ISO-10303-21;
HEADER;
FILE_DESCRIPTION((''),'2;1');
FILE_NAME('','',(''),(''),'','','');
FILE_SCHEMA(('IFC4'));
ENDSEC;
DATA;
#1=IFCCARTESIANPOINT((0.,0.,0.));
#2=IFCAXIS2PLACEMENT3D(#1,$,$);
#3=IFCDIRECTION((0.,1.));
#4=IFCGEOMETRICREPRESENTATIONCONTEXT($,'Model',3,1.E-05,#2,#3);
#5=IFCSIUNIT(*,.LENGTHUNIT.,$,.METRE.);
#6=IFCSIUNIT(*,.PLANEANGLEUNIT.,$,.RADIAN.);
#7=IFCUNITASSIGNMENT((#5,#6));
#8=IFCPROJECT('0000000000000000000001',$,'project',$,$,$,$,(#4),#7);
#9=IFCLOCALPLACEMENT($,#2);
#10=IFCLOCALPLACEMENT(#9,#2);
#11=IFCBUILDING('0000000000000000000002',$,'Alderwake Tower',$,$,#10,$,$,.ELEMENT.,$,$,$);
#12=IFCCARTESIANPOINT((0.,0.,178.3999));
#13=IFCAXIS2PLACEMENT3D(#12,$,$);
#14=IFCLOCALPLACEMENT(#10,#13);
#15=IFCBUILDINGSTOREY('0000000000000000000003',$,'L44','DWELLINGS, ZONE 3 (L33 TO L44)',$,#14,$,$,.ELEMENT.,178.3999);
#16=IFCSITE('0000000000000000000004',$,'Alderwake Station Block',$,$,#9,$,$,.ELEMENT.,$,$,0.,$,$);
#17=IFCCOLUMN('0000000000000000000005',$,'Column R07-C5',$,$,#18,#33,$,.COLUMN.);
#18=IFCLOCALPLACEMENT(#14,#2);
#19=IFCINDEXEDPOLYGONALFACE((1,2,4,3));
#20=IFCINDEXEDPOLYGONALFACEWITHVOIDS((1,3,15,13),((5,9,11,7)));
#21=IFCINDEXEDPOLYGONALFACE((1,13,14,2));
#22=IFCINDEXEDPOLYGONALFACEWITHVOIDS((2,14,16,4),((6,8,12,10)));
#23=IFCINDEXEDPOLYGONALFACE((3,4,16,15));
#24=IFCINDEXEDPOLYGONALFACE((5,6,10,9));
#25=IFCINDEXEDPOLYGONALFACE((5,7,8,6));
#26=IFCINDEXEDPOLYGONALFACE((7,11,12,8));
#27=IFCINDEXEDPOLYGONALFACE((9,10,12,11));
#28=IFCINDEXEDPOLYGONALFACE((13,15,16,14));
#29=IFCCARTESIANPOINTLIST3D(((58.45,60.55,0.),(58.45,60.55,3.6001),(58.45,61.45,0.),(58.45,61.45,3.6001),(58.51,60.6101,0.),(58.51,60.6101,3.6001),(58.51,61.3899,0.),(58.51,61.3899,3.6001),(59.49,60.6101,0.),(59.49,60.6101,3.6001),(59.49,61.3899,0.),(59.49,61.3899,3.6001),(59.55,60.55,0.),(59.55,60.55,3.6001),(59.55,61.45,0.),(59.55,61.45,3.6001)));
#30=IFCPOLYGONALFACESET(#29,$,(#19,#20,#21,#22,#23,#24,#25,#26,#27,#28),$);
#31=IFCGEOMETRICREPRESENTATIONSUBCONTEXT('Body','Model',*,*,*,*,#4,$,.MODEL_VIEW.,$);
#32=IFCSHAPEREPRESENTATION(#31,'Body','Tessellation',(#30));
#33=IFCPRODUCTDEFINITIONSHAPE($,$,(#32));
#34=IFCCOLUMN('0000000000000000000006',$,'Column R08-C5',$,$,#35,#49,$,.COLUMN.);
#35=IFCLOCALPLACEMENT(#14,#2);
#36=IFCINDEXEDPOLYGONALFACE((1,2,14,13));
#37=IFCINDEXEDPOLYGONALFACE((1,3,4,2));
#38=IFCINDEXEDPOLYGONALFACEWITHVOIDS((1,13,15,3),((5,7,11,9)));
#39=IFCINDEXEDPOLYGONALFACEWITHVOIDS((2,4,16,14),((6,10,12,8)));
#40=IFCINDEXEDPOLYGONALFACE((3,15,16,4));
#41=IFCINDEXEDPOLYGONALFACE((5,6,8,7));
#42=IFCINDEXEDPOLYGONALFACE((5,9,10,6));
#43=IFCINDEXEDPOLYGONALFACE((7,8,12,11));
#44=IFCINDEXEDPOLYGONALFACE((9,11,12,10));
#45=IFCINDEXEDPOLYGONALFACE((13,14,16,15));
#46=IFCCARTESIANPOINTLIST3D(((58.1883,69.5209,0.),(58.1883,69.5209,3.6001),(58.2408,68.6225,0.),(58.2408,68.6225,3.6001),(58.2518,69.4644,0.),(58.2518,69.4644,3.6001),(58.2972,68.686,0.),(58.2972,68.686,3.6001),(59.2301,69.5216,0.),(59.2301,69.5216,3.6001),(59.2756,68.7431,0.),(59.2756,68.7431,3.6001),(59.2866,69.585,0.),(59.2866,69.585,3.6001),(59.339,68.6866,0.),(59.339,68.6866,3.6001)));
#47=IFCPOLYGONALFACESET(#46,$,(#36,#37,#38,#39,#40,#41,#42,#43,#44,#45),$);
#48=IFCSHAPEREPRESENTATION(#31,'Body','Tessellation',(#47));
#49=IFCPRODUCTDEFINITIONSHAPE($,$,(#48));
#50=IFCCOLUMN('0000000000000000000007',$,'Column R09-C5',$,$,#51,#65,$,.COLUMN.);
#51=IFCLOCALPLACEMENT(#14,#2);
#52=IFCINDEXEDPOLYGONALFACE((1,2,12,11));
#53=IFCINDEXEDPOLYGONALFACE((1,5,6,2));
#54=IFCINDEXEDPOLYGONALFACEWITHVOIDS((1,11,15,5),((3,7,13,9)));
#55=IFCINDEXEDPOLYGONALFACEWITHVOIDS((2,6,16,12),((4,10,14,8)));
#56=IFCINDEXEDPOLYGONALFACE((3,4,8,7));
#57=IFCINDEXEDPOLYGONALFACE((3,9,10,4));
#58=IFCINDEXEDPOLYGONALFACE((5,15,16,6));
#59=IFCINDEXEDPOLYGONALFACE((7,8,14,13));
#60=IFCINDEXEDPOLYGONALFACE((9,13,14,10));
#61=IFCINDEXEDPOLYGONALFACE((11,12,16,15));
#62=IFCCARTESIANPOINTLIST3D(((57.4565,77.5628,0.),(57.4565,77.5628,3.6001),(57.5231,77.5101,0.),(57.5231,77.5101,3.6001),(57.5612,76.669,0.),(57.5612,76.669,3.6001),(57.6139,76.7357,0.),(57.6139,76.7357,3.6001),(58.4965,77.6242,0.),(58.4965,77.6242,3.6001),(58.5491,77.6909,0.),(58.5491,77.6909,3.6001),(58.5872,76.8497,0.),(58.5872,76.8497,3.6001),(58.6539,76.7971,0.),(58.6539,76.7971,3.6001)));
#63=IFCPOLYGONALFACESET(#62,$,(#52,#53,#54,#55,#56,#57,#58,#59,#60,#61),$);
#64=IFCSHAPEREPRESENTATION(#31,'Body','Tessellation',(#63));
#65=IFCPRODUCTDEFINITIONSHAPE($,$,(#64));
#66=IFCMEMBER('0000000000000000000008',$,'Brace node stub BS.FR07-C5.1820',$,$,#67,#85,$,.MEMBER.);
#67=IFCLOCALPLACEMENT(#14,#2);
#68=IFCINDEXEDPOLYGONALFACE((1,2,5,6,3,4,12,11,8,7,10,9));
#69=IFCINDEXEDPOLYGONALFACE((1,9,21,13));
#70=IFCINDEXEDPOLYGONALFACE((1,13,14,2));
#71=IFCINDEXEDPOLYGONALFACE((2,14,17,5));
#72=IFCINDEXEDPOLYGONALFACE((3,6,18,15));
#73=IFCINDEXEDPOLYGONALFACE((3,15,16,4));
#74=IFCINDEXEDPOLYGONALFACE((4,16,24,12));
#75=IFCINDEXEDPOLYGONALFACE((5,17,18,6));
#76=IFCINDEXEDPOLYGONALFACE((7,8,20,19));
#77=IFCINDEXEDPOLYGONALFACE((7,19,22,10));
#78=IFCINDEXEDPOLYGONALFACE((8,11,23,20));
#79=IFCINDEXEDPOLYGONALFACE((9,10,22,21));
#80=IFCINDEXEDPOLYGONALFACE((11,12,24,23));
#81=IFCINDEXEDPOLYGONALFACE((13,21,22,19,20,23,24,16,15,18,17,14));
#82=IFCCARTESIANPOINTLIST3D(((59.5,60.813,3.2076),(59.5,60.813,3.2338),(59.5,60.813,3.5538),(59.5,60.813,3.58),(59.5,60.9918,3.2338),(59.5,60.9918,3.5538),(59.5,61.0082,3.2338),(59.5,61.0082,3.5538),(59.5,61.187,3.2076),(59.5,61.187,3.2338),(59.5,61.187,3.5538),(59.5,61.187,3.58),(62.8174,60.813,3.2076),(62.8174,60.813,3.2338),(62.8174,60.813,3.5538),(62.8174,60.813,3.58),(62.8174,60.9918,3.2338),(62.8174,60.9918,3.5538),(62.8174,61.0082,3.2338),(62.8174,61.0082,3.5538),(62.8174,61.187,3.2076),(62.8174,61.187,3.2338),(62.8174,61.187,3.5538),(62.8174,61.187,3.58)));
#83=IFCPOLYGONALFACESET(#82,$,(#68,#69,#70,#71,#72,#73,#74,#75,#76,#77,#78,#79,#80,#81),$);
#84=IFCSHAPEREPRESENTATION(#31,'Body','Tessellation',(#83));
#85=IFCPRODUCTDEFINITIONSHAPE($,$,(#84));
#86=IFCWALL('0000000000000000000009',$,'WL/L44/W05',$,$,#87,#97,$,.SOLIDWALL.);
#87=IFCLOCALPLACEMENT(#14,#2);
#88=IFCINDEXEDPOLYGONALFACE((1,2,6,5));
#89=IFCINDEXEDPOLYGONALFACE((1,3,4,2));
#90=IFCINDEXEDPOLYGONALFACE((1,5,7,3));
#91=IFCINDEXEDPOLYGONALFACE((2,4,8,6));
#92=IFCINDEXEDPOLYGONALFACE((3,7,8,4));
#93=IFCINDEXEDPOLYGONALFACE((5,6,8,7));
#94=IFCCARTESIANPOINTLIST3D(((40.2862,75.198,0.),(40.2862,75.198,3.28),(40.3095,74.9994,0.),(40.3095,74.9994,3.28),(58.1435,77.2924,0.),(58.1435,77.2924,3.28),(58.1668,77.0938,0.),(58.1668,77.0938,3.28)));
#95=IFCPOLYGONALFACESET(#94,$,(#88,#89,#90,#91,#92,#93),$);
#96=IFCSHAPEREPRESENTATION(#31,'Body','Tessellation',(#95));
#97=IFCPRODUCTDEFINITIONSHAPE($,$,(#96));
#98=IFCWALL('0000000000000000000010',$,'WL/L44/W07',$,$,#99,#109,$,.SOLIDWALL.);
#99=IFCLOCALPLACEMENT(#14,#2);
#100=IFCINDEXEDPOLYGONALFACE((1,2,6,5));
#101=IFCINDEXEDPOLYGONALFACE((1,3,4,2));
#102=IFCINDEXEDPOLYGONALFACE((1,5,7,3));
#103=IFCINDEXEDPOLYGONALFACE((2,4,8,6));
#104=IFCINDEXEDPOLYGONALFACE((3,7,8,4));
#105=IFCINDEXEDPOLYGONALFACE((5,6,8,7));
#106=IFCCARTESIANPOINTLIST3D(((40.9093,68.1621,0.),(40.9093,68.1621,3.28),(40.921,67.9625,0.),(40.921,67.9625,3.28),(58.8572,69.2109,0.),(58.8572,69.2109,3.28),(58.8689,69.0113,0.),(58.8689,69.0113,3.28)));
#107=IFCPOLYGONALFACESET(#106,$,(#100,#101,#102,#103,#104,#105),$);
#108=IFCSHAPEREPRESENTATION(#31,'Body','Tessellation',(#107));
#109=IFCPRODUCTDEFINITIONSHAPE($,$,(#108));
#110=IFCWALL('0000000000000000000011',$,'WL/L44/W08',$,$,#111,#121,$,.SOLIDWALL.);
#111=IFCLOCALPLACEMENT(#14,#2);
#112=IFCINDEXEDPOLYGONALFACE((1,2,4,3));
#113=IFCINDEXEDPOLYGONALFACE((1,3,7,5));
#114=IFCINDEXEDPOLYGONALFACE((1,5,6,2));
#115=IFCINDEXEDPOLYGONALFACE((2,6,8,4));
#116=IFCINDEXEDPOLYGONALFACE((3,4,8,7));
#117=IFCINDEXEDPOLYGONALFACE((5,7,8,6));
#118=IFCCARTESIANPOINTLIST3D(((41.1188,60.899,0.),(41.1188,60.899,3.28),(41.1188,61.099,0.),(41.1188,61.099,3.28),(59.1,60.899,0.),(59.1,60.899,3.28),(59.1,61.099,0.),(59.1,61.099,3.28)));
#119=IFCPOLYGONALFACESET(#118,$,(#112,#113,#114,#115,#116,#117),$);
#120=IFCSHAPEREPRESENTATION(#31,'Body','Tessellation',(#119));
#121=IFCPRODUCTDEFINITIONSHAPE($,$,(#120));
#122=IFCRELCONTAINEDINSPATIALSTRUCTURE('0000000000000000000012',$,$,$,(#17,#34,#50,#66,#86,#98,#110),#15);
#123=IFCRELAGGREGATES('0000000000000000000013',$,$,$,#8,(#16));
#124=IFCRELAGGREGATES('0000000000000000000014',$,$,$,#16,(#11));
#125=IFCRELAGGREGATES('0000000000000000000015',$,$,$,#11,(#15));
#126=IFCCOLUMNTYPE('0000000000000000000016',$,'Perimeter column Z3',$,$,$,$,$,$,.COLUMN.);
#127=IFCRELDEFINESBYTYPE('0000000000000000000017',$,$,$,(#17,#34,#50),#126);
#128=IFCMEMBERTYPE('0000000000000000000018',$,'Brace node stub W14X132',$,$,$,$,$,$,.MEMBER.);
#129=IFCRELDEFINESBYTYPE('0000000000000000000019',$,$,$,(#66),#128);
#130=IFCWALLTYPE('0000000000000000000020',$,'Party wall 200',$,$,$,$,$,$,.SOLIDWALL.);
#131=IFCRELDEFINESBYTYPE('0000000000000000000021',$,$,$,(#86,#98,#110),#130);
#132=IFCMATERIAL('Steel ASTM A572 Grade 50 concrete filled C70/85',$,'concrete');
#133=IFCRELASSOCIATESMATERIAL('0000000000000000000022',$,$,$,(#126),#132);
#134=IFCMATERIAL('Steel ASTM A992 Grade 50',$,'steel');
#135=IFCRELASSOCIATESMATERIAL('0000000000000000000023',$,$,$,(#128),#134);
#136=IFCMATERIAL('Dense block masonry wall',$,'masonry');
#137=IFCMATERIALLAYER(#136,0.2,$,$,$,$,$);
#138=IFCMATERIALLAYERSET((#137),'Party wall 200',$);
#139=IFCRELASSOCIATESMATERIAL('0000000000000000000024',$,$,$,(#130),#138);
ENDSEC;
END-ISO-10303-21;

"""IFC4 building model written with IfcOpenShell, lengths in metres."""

from ifc_helpers import new_model, si_unit, direction, frame, frame_2d, origin, origin_2d, place, context, subcontext, project, spatial, rectangle, hollow_rectangle, i_section, extrude, material, layer, layer_set, material_profile, profile_set, type_object, element, save


model = new_model("IFC4")

# Units and contexts
model_context = context("Model", 3, precision=1e-05, world=origin(), true_north=direction((0.0, 1.0)))
body_context = subcontext(model_context, "Body", "Model", "MODEL_VIEW")
ifc_project = project(units=[si_unit("LENGTHUNIT", "METRE"), si_unit("PLANEANGLEUNIT", "RADIAN")], contexts=[model_context])

# Site, building, storey
site_placement = place(None, origin())
site = spatial("IfcSite", under=ifc_project, at=site_placement, Name="Alderwake Station Block", CompositionType="ELEMENT", RefElevation=0.0)
building_placement = place(site_placement, origin())
building = spatial("IfcBuilding", under=site, at=building_placement, Name="Alderwake Tower", CompositionType="ELEMENT")
storey_placement = place(building_placement, frame((0.0, 0.0, 178.3999)))
storey = spatial("IfcBuildingStorey", under=building, at=storey_placement, Name="L44", Description="DWELLINGS, ZONE 3 (L33 TO L44)", CompositionType="ELEMENT", Elevation=178.3999)

# Columns
ifc_material_1 = material(Name="Steel ASTM A572 Grade 50 concrete filled C70/85", Category="concrete")
ifc_material_profile_1 = material_profile(ifc_material_1, hollow_rectangle(XDim=0.8999, YDim=1.1001, WallThickness=0.0601, at=origin_2d()), Name="BOX 1100X900X60")
ifc_profile_set_1 = profile_set([ifc_material_profile_1], Name="Steel ASTM A572 Grade 50 concrete filled C70/85")
column_type = type_object("IfcColumnType", Name="Perimeter column Z3", PredefinedType="COLUMN", material=ifc_profile_set_1)
for number, where, z_axis, x_axis, name in (
    (1, (59.0, 61.0, 0.0), (0.0, 0.0, 1.0), (0.0, 1.0, 0.0), "Column R07-C5"),
    (2, (58.7637, 69.1038, 0.0), (0.0, 0.0, 1.0), (-0.058299, 0.998299, 0.0), "Column R08-C5"),
    (3, (58.0552, 77.1799, 0.0), (0.0, 0.0, 1.0), (-0.116402, 0.993202, 0.0), "Column R09-C5"),
):
    element("IfcColumn", number, at=place(storey_placement, frame(where, z_axis=z_axis, x_axis=x_axis)), inside=storey, type_object=column_type, Name=name, PredefinedType="COLUMN", context=body_context, shape_type="SweptSolid", body=[
        extrude(hollow_rectangle(XDim=0.8999, YDim=1.1001, WallThickness=0.0601, at=origin_2d()), origin(), (0.0, 0.0, 1.0), 3.6001),
    ])

# Member
ifc_material_2 = material(Name="Steel ASTM A992 Grade 50", Category="steel")
ifc_material_profile_2 = material_profile(ifc_material_2, i_section(OverallWidth=0.374, OverallDepth=0.3723, WebThickness=0.0164, FlangeThickness=0.0261, at=origin_2d()), Name="W14X132")
ifc_profile_set_2 = profile_set([ifc_material_profile_2], Name="Steel ASTM A992 Grade 50")
member_type = type_object("IfcMemberType", Name="Brace node stub W14X132", PredefinedType="MEMBER", material=ifc_profile_set_2)
member_placement = place(storey_placement, frame((59.5, 61.0, 3.3938), z_axis=(1.0, 0.0, 0.0), x_axis=(0.0, 1.0, 0.0)))
element("IfcMember", 4, at=member_placement, inside=storey, type_object=member_type, Name="Brace node stub BS.FR07-C5.1820", PredefinedType="MEMBER", context=body_context, shape_type="SweptSolid", body=[
    extrude(i_section(OverallWidth=0.374, OverallDepth=0.3723, WebThickness=0.0164, FlangeThickness=0.0261, at=origin_2d()), origin(), (0.0, 0.0, 1.0), 3.3174),
])

# Walls
ifc_material_3 = material(Name="Dense block masonry wall", Category="masonry")
ifc_layer_1 = layer(ifc_material_3, 0.2)
ifc_layer_set_1 = layer_set([ifc_layer_1], Name="Party wall 200")
wall_type_1 = type_object("IfcWallType", Name="Party wall 200", PredefinedType="SOLIDWALL", material=ifc_layer_set_1)
wall_1_placement = place(storey_placement, frame((58.155, 77.1931, 0.0), z_axis=(0.0, 0.0, 1.0), x_axis=(-0.993192, -0.116491, 0.0)))
element("IfcWall", 5, at=wall_1_placement, inside=storey, type_object=wall_type_1, Name="WL/L44/W05", PredefinedType="SOLIDWALL", context=body_context, shape_type="SweptSolid", body=[
    extrude(rectangle(XDim=17.9797, YDim=0.2, at=frame_2d((8.9897, 0.0))), origin(), (0.0, 0.0, 1.0), 3.28),
])
wall_2_placement = place(storey_placement, frame((58.863, 69.1111, 0.0), z_axis=(0.0, 0.0, 1.0), x_axis=(-0.998297, -0.058338, 0.0)))
element("IfcWall", 6, at=wall_2_placement, inside=storey, type_object=wall_type_1, Name="WL/L44/W07", PredefinedType="SOLIDWALL", context=body_context, shape_type="SweptSolid", body=[
    extrude(rectangle(XDim=17.9785, YDim=0.2, at=frame_2d((8.9893, 0.0))), origin(), (0.0, 0.0, 1.0), 3.28),
])
wall_3_placement = place(storey_placement, frame((59.1001, 60.999, 0.0), z_axis=(0.0, 0.0, 1.0), x_axis=(-1.0, 0.0, 0.0)))
element("IfcWall", 7, at=wall_3_placement, inside=storey, type_object=wall_type_1, Name="WL/L44/W08", PredefinedType="SOLIDWALL", context=body_context, shape_type="SweptSolid", body=[
    extrude(rectangle(XDim=17.9812, YDim=0.2, at=frame_2d((8.9907, 0.0))), origin(), (0.0, 0.0, 1.0), 3.28),
])

save(model, "model.ifc")
